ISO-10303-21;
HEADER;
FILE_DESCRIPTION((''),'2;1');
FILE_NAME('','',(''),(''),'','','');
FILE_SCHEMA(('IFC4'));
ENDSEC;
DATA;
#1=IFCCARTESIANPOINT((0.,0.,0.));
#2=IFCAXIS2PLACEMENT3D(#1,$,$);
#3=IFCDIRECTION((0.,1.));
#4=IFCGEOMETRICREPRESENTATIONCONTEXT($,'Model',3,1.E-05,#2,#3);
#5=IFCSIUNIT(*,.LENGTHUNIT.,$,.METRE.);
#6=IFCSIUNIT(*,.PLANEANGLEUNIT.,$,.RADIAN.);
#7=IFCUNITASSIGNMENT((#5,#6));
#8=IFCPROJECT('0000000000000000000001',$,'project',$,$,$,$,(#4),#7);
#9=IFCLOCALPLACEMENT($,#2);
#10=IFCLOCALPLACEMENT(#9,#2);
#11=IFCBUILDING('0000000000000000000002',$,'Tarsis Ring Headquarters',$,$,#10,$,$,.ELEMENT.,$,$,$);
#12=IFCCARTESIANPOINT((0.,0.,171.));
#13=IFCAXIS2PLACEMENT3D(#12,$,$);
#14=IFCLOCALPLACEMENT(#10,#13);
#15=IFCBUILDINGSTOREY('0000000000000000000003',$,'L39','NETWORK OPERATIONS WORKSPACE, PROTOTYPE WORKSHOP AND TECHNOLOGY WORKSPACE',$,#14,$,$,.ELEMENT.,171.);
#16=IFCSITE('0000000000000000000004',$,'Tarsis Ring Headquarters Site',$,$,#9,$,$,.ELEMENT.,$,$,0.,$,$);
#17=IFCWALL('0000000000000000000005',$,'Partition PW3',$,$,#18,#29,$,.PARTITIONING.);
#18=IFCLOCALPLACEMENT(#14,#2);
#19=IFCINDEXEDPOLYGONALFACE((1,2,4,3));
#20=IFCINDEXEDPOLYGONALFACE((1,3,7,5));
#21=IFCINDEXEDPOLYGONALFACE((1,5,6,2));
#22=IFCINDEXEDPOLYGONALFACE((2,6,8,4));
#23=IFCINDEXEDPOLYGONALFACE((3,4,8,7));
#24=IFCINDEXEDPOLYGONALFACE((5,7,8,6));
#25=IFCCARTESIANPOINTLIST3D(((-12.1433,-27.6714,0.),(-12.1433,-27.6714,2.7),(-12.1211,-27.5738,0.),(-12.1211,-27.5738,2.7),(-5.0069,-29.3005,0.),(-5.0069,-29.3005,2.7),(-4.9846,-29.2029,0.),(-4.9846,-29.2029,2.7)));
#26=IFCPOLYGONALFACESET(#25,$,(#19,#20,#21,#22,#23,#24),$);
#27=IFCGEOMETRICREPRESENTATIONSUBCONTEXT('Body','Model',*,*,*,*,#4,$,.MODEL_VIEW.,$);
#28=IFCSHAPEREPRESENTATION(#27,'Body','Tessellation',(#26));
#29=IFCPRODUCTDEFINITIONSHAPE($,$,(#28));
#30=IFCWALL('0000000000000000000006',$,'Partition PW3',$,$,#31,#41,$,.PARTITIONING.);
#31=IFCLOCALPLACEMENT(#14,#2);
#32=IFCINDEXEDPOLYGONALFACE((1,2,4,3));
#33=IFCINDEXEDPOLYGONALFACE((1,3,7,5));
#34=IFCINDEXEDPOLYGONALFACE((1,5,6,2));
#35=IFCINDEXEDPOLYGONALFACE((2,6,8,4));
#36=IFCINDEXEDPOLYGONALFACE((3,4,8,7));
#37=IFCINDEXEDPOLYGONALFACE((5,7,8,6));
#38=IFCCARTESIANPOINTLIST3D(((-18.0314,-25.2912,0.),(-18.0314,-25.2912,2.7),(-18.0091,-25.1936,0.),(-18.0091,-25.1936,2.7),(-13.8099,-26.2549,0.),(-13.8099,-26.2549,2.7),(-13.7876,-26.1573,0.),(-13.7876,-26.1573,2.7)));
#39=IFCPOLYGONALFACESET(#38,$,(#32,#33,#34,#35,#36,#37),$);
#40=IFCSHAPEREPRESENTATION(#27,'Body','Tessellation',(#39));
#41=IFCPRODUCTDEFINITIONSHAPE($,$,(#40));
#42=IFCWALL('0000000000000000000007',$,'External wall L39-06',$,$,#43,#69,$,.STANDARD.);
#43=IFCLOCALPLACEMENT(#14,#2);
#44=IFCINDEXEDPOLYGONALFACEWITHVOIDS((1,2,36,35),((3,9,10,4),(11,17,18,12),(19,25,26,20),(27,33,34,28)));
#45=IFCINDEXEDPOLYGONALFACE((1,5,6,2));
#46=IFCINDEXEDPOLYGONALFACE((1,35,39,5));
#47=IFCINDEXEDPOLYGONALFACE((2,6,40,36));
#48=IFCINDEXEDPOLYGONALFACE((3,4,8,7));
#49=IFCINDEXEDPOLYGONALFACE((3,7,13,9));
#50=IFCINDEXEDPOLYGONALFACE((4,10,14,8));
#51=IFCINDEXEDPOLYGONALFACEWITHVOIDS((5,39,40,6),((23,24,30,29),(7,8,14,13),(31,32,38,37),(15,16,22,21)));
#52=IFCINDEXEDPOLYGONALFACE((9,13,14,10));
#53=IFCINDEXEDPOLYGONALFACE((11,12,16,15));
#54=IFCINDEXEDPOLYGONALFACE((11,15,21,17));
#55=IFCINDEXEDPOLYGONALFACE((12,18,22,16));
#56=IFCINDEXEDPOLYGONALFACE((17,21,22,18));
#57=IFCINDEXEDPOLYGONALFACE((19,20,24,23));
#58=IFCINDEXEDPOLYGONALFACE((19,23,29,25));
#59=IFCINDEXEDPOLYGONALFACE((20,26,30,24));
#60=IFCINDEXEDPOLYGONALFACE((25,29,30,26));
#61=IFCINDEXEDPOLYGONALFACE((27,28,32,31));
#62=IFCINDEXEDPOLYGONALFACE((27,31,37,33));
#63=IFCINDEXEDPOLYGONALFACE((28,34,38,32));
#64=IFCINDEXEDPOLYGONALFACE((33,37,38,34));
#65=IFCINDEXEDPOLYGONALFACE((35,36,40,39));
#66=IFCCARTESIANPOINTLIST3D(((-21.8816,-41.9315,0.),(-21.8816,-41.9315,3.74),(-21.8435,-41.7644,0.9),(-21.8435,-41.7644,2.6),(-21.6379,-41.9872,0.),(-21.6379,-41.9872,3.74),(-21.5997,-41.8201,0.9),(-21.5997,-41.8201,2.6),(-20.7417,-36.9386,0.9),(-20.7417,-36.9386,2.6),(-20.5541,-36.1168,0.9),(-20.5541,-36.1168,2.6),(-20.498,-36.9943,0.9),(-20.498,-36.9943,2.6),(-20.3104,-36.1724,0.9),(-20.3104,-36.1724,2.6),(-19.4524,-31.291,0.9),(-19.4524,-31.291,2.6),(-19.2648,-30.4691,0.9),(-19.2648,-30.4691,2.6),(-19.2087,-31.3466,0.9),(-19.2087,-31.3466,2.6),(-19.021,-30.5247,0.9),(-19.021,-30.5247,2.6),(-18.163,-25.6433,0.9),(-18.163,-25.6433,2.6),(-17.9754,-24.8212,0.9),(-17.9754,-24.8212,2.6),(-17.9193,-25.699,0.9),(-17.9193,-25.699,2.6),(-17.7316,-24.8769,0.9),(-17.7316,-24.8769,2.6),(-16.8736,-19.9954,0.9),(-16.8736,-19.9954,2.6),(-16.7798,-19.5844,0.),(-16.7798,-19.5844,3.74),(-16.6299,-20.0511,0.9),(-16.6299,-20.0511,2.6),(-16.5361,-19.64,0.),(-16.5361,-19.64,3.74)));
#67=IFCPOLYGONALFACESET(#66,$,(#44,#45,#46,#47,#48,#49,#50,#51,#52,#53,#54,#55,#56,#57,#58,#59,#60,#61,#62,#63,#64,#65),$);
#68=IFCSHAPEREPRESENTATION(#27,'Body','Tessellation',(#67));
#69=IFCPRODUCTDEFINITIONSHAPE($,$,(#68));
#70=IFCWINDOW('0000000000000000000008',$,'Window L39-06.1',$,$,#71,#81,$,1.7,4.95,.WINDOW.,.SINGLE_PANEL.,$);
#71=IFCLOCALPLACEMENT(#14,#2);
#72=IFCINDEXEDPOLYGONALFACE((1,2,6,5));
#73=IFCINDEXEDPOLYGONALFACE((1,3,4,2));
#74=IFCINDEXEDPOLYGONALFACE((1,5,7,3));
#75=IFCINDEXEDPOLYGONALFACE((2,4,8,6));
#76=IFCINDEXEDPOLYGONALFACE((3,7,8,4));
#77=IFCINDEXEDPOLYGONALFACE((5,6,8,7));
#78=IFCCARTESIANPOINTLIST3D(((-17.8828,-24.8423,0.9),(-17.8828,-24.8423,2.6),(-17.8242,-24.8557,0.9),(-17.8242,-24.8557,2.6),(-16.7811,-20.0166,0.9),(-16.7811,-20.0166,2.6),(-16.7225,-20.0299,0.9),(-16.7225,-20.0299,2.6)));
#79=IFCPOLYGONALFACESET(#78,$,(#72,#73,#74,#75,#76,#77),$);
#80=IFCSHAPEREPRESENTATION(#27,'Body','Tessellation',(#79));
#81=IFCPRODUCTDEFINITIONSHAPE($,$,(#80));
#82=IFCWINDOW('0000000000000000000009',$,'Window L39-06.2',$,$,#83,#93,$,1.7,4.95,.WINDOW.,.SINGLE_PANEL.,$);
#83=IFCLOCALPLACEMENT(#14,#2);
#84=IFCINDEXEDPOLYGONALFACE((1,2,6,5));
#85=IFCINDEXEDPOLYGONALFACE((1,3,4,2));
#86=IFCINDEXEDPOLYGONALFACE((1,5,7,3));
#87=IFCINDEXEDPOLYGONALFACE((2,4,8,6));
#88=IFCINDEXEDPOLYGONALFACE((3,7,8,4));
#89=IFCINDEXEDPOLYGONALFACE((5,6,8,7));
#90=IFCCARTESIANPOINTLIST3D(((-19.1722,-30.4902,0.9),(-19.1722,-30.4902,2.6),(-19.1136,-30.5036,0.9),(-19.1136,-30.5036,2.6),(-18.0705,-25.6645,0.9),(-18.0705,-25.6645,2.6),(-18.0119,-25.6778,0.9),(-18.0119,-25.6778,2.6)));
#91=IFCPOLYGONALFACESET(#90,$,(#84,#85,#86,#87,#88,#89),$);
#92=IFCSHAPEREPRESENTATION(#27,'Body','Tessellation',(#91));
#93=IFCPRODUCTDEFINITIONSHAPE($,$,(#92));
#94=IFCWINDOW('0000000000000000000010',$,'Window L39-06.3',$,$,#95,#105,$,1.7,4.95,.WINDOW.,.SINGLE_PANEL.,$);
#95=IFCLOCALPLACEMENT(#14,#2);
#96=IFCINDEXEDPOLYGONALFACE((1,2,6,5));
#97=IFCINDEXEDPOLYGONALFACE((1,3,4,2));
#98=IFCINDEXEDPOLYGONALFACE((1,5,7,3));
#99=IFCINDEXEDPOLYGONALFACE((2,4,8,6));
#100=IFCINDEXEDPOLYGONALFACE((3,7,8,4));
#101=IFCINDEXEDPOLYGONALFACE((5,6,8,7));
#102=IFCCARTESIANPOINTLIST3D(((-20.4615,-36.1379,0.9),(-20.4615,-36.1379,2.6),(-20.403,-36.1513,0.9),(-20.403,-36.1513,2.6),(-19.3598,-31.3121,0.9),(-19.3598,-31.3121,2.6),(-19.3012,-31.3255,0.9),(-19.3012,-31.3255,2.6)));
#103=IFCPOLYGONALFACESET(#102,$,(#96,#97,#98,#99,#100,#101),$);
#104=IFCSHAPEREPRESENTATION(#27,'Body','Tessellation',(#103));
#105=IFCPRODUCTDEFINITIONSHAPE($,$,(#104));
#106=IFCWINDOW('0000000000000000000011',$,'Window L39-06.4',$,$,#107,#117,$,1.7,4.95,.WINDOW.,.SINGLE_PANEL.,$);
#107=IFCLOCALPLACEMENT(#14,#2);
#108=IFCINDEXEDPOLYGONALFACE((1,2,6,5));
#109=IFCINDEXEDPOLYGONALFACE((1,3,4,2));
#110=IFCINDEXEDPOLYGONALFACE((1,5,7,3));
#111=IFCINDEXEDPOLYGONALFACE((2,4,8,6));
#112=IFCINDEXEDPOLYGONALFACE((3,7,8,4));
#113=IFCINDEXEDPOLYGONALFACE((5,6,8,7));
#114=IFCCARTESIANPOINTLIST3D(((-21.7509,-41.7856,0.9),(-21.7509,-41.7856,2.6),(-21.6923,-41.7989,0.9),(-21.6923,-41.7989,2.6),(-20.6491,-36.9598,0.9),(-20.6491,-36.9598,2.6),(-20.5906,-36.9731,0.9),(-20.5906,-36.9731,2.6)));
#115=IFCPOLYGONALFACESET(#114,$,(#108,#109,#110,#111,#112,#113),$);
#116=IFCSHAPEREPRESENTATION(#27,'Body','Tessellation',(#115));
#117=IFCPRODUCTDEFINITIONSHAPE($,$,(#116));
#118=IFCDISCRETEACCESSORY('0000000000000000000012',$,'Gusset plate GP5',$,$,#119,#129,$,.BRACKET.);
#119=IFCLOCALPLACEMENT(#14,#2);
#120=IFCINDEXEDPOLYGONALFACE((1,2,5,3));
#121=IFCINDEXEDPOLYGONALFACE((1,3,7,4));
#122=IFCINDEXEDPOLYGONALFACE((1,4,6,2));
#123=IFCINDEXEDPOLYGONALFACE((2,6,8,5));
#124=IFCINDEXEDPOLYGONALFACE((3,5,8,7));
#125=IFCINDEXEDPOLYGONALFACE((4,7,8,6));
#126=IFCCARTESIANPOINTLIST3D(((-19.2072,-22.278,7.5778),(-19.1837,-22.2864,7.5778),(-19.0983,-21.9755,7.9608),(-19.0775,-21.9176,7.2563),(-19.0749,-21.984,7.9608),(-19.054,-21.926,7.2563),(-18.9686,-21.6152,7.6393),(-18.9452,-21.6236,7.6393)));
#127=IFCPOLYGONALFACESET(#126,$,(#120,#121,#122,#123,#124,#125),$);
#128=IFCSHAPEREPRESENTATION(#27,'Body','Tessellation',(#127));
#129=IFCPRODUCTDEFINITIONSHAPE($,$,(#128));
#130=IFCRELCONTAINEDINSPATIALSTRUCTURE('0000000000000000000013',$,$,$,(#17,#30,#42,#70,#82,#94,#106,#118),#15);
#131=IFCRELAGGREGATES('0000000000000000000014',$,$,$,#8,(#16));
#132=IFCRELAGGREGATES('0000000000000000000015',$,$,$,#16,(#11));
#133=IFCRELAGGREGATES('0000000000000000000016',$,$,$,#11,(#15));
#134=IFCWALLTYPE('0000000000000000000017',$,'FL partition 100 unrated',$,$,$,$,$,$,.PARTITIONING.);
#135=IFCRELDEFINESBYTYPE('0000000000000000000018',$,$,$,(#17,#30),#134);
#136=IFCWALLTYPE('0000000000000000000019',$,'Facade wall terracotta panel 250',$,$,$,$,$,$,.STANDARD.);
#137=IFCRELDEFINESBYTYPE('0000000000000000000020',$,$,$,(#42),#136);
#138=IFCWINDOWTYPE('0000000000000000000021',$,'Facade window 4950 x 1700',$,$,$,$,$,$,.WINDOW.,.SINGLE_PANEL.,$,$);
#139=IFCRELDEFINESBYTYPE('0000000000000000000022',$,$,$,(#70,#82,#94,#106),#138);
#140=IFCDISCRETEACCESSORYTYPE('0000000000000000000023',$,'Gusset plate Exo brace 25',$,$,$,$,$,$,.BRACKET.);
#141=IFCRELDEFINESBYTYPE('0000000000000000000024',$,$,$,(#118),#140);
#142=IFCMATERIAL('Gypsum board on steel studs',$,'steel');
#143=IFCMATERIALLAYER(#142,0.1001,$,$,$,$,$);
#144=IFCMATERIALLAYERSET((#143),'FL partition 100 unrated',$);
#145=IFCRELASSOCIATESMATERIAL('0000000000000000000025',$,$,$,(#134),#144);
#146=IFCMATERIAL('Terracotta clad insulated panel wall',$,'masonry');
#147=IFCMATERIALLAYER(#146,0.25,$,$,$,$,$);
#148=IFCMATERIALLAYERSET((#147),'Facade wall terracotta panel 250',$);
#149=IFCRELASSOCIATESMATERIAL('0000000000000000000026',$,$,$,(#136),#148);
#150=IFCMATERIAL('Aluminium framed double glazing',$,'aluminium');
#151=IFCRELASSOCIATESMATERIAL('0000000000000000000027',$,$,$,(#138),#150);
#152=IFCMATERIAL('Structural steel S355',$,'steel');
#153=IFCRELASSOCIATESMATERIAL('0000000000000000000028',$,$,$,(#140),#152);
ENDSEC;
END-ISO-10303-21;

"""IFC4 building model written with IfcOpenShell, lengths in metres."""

from ifc_helpers import new_model, si_unit, direction, frame, frame_2d, origin, origin_2d, place, context, subcontext, project, spatial, rectangle, extrude, material, layer, layer_set, material_profile, profile_set, type_object, element, fill, save


model = new_model("IFC4")

# Units and contexts
model_context = context("Model", 3, precision=1e-05, world=origin(), true_north=direction((0.0, 1.0)))
body_context = subcontext(model_context, "Body", "Model", "MODEL_VIEW")
ifc_project = project(units=[si_unit("LENGTHUNIT", "METRE"), si_unit("PLANEANGLEUNIT", "RADIAN")], contexts=[model_context])

# Site, building, storey
site_placement = place(None, origin())
site = spatial("IfcSite", under=ifc_project, at=site_placement, Name="Tarsis Ring Headquarters Site", CompositionType="ELEMENT", RefElevation=0.0)
building_placement = place(site_placement, origin())
building = spatial("IfcBuilding", under=site, at=building_placement, Name="Tarsis Ring Headquarters", CompositionType="ELEMENT")
storey_placement = place(building_placement, frame((0.0, 0.0, 171.0)))
storey = spatial("IfcBuildingStorey", under=building, at=storey_placement, Name="L39", Description="NETWORK OPERATIONS WORKSPACE, PROTOTYPE WORKSHOP AND TECHNOLOGY WORKSPACE", CompositionType="ELEMENT", Elevation=171.0)

# Walls
ifc_material_1 = material(Name="Gypsum board on steel studs", Category="steel")
ifc_layer_1 = layer(ifc_material_1, 0.1001)
ifc_layer_set_1 = layer_set([ifc_layer_1], Name="FL partition 100 unrated")
wall_type_1 = type_object("IfcWallType", Name="FL partition 100 unrated", PredefinedType="PARTITIONING", material=ifc_layer_set_1)
wall_1_placement = place(storey_placement, frame((-12.1323, -27.6226, 0.0), z_axis=(0.0, 0.0, 1.0), x_axis=(0.974919, -0.222559, 0.0)))
element("IfcWall", 1, at=wall_1_placement, inside=storey, type_object=wall_type_1, Name="Partition PW3", PredefinedType="PARTITIONING", context=body_context, shape_type="SweptSolid", body=[
    extrude(rectangle(XDim=7.3201, YDim=0.1001, at=frame_2d((3.6602, 0.0))), origin(), (0.0, 0.0, 1.0), 2.7),
])
wall_2_placement = place(storey_placement, frame((-18.0203, -25.2424, 0.0), z_axis=(0.0, 0.0, 1.0), x_axis=(0.974923, -0.222545, 0.0)))
element("IfcWall", 2, at=wall_2_placement, inside=storey, type_object=wall_type_1, Name="Partition PW3", PredefinedType="PARTITIONING", context=body_context, shape_type="SweptSolid", body=[
    extrude(rectangle(XDim=4.3301, YDim=0.1001, at=frame_2d((2.165, 0.0))), origin(), (0.0, 0.0, 1.0), 2.7),
])

# Wall, openings, windows
ifc_material_2 = material(Name="Terracotta clad insulated panel wall", Category="masonry")
ifc_layer_2 = layer(ifc_material_2, 0.25)
ifc_layer_set_2 = layer_set([ifc_layer_2], Name="Facade wall terracotta panel 250")
wall_type_2 = type_object("IfcWallType", Name="Facade wall terracotta panel 250", PredefinedType="STANDARD", material=ifc_layer_set_2)
wall_3_placement = place(storey_placement, frame((-16.658, -19.6123, 0.0), z_axis=(0.0, 0.0, 1.0), x_axis=(-0.222571, -0.974916, 0.0)))
wall_3 = element("IfcWall", 3, at=wall_3_placement, inside=storey, type_object=wall_type_2, Name="External wall L39-06", PredefinedType="STANDARD", context=body_context, shape_type="SweptSolid", body=[
    extrude(rectangle(XDim=22.9221, YDim=0.25, at=frame_2d((11.4609, 0.0))), origin(), (0.0, 0.0, 1.0), 3.74),
])
opening_1_placement = place(wall_3_placement, frame((0.4214, 0.0, 0.8999)))
opening_1 = element("IfcOpeningElement", 4, at=opening_1_placement, cuts=wall_3, PredefinedType="OPENING", context=body_context, shape_type="SweptSolid", body=[
    extrude(rectangle(XDim=4.95, YDim=1.7, at=frame_2d((2.4751, 0.8501))), frame((0.0, 0.135, 0.0), z_axis=(0.0, -1.0, 0.0), x_axis=(1.0, 0.0, 0.0)), (0.0, 0.0, 1.0), 0.27),
])
opening_2_placement = place(wall_3_placement, frame((6.2146, 0.0, 0.8999)))
opening_2 = element("IfcOpeningElement", 5, at=opening_2_placement, cuts=wall_3, PredefinedType="OPENING", context=body_context, shape_type="SweptSolid", body=[
    extrude(rectangle(XDim=4.95, YDim=1.7, at=frame_2d((2.4751, 0.8501))), frame((0.0, 0.135, 0.0), z_axis=(0.0, -1.0, 0.0), x_axis=(1.0, 0.0, 0.0)), (0.0, 0.0, 1.0), 0.27),
])
opening_3_placement = place(wall_3_placement, frame((12.0076, 0.0, 0.8999)))
opening_3 = element("IfcOpeningElement", 6, at=opening_3_placement, cuts=wall_3, PredefinedType="OPENING", context=body_context, shape_type="SweptSolid", body=[
    extrude(rectangle(XDim=4.95, YDim=1.7, at=frame_2d((2.4751, 0.8501))), frame((0.0, 0.135, 0.0), z_axis=(0.0, -1.0, 0.0), x_axis=(1.0, 0.0, 0.0)), (0.0, 0.0, 1.0), 0.27),
])
opening_4_placement = place(wall_3_placement, frame((17.8005, 0.0, 0.8999)))
opening_4 = element("IfcOpeningElement", 7, at=opening_4_placement, cuts=wall_3, PredefinedType="OPENING", context=body_context, shape_type="SweptSolid", body=[
    extrude(rectangle(XDim=4.95, YDim=1.7, at=frame_2d((2.4751, 0.8501))), frame((0.0, 0.135, 0.0), z_axis=(0.0, -1.0, 0.0), x_axis=(1.0, 0.0, 0.0)), (0.0, 0.0, 1.0), 0.27),
])
ifc_material_3 = material(Name="Aluminium framed double glazing", Category="aluminium")
window_type = type_object("IfcWindowType", Name="Facade window 4950 x 1700", PartitioningType="SINGLE_PANEL", PredefinedType="WINDOW", material=ifc_material_3)
window_1_placement = place(opening_1_placement, origin())
window_1 = element("IfcWindow", 8, at=window_1_placement, inside=storey, type_object=window_type, Name="Window L39-06.1", OverallHeight=1.7, OverallWidth=4.95, PartitioningType="SINGLE_PANEL", PredefinedType="WINDOW", context=body_context, shape_type="SweptSolid", body=[
    extrude(rectangle(XDim=4.95, YDim=1.7, at=frame_2d((2.4751, 0.8501))), frame((0.0, 0.03, 0.0), z_axis=(0.0, -1.0, 0.0), x_axis=(1.0, 0.0, 0.0)), (0.0, 0.0, 1.0), 0.0601),
])
fill(opening_1, window_1)
window_2_placement = place(opening_2_placement, origin())
window_2 = element("IfcWindow", 9, at=window_2_placement, inside=storey, type_object=window_type, Name="Window L39-06.2", OverallHeight=1.7, OverallWidth=4.95, PartitioningType="SINGLE_PANEL", PredefinedType="WINDOW", context=body_context, shape_type="SweptSolid", body=[
    extrude(rectangle(XDim=4.95, YDim=1.7, at=frame_2d((2.4751, 0.8501))), frame((0.0, 0.03, 0.0), z_axis=(0.0, -1.0, 0.0), x_axis=(1.0, 0.0, 0.0)), (0.0, 0.0, 1.0), 0.0601),
])
fill(opening_2, window_2)
window_3_placement = place(opening_3_placement, origin())
window_3 = element("IfcWindow", 10, at=window_3_placement, inside=storey, type_object=window_type, Name="Window L39-06.3", OverallHeight=1.7, OverallWidth=4.95, PartitioningType="SINGLE_PANEL", PredefinedType="WINDOW", context=body_context, shape_type="SweptSolid", body=[
    extrude(rectangle(XDim=4.95, YDim=1.7, at=frame_2d((2.4751, 0.8501))), frame((0.0, 0.03, 0.0), z_axis=(0.0, -1.0, 0.0), x_axis=(1.0, 0.0, 0.0)), (0.0, 0.0, 1.0), 0.0601),
])
fill(opening_3, window_3)
window_4_placement = place(opening_4_placement, origin())
window_4 = element("IfcWindow", 11, at=window_4_placement, inside=storey, type_object=window_type, Name="Window L39-06.4", OverallHeight=1.7, OverallWidth=4.95, PartitioningType="SINGLE_PANEL", PredefinedType="WINDOW", context=body_context, shape_type="SweptSolid", body=[
    extrude(rectangle(XDim=4.95, YDim=1.7, at=frame_2d((2.4751, 0.8501))), frame((0.0, 0.03, 0.0), z_axis=(0.0, -1.0, 0.0), x_axis=(1.0, 0.0, 0.0)), (0.0, 0.0, 1.0), 0.0601),
])
fill(opening_4, window_4)

# Discrete accessory
ifc_material_4 = material(Name="Structural steel S355", Category="steel")
ifc_material_profile = material_profile(ifc_material_4, rectangle(XDim=0.0249, YDim=0.5, at=origin_2d()), Name="PL 25x500")
ifc_profile_set = profile_set([ifc_material_profile], Name="Structural steel S355")
discrete_accessory_type = type_object("IfcDiscreteAccessoryType", Name="Gusset plate Exo brace 25", PredefinedType="BRACKET", material=ifc_profile_set)
discrete_accessory_placement = place(storey_placement, frame((-19.0217, -21.7996, 7.8), z_axis=(-0.217735, -0.604873, -0.765977), x_axis=(0.940897, -0.338693, 0.0)))
element("IfcDiscreteAccessory", 12, at=discrete_accessory_placement, inside=storey, type_object=discrete_accessory_type, Name="Gusset plate GP5", PredefinedType="BRACKET", context=body_context, shape_type="SweptSolid", body=[
    extrude(rectangle(XDim=0.0249, YDim=0.5, at=origin_2d()), origin(), (0.0, 0.0, 1.0), 0.5),
])

save(model, "model.ifc")
